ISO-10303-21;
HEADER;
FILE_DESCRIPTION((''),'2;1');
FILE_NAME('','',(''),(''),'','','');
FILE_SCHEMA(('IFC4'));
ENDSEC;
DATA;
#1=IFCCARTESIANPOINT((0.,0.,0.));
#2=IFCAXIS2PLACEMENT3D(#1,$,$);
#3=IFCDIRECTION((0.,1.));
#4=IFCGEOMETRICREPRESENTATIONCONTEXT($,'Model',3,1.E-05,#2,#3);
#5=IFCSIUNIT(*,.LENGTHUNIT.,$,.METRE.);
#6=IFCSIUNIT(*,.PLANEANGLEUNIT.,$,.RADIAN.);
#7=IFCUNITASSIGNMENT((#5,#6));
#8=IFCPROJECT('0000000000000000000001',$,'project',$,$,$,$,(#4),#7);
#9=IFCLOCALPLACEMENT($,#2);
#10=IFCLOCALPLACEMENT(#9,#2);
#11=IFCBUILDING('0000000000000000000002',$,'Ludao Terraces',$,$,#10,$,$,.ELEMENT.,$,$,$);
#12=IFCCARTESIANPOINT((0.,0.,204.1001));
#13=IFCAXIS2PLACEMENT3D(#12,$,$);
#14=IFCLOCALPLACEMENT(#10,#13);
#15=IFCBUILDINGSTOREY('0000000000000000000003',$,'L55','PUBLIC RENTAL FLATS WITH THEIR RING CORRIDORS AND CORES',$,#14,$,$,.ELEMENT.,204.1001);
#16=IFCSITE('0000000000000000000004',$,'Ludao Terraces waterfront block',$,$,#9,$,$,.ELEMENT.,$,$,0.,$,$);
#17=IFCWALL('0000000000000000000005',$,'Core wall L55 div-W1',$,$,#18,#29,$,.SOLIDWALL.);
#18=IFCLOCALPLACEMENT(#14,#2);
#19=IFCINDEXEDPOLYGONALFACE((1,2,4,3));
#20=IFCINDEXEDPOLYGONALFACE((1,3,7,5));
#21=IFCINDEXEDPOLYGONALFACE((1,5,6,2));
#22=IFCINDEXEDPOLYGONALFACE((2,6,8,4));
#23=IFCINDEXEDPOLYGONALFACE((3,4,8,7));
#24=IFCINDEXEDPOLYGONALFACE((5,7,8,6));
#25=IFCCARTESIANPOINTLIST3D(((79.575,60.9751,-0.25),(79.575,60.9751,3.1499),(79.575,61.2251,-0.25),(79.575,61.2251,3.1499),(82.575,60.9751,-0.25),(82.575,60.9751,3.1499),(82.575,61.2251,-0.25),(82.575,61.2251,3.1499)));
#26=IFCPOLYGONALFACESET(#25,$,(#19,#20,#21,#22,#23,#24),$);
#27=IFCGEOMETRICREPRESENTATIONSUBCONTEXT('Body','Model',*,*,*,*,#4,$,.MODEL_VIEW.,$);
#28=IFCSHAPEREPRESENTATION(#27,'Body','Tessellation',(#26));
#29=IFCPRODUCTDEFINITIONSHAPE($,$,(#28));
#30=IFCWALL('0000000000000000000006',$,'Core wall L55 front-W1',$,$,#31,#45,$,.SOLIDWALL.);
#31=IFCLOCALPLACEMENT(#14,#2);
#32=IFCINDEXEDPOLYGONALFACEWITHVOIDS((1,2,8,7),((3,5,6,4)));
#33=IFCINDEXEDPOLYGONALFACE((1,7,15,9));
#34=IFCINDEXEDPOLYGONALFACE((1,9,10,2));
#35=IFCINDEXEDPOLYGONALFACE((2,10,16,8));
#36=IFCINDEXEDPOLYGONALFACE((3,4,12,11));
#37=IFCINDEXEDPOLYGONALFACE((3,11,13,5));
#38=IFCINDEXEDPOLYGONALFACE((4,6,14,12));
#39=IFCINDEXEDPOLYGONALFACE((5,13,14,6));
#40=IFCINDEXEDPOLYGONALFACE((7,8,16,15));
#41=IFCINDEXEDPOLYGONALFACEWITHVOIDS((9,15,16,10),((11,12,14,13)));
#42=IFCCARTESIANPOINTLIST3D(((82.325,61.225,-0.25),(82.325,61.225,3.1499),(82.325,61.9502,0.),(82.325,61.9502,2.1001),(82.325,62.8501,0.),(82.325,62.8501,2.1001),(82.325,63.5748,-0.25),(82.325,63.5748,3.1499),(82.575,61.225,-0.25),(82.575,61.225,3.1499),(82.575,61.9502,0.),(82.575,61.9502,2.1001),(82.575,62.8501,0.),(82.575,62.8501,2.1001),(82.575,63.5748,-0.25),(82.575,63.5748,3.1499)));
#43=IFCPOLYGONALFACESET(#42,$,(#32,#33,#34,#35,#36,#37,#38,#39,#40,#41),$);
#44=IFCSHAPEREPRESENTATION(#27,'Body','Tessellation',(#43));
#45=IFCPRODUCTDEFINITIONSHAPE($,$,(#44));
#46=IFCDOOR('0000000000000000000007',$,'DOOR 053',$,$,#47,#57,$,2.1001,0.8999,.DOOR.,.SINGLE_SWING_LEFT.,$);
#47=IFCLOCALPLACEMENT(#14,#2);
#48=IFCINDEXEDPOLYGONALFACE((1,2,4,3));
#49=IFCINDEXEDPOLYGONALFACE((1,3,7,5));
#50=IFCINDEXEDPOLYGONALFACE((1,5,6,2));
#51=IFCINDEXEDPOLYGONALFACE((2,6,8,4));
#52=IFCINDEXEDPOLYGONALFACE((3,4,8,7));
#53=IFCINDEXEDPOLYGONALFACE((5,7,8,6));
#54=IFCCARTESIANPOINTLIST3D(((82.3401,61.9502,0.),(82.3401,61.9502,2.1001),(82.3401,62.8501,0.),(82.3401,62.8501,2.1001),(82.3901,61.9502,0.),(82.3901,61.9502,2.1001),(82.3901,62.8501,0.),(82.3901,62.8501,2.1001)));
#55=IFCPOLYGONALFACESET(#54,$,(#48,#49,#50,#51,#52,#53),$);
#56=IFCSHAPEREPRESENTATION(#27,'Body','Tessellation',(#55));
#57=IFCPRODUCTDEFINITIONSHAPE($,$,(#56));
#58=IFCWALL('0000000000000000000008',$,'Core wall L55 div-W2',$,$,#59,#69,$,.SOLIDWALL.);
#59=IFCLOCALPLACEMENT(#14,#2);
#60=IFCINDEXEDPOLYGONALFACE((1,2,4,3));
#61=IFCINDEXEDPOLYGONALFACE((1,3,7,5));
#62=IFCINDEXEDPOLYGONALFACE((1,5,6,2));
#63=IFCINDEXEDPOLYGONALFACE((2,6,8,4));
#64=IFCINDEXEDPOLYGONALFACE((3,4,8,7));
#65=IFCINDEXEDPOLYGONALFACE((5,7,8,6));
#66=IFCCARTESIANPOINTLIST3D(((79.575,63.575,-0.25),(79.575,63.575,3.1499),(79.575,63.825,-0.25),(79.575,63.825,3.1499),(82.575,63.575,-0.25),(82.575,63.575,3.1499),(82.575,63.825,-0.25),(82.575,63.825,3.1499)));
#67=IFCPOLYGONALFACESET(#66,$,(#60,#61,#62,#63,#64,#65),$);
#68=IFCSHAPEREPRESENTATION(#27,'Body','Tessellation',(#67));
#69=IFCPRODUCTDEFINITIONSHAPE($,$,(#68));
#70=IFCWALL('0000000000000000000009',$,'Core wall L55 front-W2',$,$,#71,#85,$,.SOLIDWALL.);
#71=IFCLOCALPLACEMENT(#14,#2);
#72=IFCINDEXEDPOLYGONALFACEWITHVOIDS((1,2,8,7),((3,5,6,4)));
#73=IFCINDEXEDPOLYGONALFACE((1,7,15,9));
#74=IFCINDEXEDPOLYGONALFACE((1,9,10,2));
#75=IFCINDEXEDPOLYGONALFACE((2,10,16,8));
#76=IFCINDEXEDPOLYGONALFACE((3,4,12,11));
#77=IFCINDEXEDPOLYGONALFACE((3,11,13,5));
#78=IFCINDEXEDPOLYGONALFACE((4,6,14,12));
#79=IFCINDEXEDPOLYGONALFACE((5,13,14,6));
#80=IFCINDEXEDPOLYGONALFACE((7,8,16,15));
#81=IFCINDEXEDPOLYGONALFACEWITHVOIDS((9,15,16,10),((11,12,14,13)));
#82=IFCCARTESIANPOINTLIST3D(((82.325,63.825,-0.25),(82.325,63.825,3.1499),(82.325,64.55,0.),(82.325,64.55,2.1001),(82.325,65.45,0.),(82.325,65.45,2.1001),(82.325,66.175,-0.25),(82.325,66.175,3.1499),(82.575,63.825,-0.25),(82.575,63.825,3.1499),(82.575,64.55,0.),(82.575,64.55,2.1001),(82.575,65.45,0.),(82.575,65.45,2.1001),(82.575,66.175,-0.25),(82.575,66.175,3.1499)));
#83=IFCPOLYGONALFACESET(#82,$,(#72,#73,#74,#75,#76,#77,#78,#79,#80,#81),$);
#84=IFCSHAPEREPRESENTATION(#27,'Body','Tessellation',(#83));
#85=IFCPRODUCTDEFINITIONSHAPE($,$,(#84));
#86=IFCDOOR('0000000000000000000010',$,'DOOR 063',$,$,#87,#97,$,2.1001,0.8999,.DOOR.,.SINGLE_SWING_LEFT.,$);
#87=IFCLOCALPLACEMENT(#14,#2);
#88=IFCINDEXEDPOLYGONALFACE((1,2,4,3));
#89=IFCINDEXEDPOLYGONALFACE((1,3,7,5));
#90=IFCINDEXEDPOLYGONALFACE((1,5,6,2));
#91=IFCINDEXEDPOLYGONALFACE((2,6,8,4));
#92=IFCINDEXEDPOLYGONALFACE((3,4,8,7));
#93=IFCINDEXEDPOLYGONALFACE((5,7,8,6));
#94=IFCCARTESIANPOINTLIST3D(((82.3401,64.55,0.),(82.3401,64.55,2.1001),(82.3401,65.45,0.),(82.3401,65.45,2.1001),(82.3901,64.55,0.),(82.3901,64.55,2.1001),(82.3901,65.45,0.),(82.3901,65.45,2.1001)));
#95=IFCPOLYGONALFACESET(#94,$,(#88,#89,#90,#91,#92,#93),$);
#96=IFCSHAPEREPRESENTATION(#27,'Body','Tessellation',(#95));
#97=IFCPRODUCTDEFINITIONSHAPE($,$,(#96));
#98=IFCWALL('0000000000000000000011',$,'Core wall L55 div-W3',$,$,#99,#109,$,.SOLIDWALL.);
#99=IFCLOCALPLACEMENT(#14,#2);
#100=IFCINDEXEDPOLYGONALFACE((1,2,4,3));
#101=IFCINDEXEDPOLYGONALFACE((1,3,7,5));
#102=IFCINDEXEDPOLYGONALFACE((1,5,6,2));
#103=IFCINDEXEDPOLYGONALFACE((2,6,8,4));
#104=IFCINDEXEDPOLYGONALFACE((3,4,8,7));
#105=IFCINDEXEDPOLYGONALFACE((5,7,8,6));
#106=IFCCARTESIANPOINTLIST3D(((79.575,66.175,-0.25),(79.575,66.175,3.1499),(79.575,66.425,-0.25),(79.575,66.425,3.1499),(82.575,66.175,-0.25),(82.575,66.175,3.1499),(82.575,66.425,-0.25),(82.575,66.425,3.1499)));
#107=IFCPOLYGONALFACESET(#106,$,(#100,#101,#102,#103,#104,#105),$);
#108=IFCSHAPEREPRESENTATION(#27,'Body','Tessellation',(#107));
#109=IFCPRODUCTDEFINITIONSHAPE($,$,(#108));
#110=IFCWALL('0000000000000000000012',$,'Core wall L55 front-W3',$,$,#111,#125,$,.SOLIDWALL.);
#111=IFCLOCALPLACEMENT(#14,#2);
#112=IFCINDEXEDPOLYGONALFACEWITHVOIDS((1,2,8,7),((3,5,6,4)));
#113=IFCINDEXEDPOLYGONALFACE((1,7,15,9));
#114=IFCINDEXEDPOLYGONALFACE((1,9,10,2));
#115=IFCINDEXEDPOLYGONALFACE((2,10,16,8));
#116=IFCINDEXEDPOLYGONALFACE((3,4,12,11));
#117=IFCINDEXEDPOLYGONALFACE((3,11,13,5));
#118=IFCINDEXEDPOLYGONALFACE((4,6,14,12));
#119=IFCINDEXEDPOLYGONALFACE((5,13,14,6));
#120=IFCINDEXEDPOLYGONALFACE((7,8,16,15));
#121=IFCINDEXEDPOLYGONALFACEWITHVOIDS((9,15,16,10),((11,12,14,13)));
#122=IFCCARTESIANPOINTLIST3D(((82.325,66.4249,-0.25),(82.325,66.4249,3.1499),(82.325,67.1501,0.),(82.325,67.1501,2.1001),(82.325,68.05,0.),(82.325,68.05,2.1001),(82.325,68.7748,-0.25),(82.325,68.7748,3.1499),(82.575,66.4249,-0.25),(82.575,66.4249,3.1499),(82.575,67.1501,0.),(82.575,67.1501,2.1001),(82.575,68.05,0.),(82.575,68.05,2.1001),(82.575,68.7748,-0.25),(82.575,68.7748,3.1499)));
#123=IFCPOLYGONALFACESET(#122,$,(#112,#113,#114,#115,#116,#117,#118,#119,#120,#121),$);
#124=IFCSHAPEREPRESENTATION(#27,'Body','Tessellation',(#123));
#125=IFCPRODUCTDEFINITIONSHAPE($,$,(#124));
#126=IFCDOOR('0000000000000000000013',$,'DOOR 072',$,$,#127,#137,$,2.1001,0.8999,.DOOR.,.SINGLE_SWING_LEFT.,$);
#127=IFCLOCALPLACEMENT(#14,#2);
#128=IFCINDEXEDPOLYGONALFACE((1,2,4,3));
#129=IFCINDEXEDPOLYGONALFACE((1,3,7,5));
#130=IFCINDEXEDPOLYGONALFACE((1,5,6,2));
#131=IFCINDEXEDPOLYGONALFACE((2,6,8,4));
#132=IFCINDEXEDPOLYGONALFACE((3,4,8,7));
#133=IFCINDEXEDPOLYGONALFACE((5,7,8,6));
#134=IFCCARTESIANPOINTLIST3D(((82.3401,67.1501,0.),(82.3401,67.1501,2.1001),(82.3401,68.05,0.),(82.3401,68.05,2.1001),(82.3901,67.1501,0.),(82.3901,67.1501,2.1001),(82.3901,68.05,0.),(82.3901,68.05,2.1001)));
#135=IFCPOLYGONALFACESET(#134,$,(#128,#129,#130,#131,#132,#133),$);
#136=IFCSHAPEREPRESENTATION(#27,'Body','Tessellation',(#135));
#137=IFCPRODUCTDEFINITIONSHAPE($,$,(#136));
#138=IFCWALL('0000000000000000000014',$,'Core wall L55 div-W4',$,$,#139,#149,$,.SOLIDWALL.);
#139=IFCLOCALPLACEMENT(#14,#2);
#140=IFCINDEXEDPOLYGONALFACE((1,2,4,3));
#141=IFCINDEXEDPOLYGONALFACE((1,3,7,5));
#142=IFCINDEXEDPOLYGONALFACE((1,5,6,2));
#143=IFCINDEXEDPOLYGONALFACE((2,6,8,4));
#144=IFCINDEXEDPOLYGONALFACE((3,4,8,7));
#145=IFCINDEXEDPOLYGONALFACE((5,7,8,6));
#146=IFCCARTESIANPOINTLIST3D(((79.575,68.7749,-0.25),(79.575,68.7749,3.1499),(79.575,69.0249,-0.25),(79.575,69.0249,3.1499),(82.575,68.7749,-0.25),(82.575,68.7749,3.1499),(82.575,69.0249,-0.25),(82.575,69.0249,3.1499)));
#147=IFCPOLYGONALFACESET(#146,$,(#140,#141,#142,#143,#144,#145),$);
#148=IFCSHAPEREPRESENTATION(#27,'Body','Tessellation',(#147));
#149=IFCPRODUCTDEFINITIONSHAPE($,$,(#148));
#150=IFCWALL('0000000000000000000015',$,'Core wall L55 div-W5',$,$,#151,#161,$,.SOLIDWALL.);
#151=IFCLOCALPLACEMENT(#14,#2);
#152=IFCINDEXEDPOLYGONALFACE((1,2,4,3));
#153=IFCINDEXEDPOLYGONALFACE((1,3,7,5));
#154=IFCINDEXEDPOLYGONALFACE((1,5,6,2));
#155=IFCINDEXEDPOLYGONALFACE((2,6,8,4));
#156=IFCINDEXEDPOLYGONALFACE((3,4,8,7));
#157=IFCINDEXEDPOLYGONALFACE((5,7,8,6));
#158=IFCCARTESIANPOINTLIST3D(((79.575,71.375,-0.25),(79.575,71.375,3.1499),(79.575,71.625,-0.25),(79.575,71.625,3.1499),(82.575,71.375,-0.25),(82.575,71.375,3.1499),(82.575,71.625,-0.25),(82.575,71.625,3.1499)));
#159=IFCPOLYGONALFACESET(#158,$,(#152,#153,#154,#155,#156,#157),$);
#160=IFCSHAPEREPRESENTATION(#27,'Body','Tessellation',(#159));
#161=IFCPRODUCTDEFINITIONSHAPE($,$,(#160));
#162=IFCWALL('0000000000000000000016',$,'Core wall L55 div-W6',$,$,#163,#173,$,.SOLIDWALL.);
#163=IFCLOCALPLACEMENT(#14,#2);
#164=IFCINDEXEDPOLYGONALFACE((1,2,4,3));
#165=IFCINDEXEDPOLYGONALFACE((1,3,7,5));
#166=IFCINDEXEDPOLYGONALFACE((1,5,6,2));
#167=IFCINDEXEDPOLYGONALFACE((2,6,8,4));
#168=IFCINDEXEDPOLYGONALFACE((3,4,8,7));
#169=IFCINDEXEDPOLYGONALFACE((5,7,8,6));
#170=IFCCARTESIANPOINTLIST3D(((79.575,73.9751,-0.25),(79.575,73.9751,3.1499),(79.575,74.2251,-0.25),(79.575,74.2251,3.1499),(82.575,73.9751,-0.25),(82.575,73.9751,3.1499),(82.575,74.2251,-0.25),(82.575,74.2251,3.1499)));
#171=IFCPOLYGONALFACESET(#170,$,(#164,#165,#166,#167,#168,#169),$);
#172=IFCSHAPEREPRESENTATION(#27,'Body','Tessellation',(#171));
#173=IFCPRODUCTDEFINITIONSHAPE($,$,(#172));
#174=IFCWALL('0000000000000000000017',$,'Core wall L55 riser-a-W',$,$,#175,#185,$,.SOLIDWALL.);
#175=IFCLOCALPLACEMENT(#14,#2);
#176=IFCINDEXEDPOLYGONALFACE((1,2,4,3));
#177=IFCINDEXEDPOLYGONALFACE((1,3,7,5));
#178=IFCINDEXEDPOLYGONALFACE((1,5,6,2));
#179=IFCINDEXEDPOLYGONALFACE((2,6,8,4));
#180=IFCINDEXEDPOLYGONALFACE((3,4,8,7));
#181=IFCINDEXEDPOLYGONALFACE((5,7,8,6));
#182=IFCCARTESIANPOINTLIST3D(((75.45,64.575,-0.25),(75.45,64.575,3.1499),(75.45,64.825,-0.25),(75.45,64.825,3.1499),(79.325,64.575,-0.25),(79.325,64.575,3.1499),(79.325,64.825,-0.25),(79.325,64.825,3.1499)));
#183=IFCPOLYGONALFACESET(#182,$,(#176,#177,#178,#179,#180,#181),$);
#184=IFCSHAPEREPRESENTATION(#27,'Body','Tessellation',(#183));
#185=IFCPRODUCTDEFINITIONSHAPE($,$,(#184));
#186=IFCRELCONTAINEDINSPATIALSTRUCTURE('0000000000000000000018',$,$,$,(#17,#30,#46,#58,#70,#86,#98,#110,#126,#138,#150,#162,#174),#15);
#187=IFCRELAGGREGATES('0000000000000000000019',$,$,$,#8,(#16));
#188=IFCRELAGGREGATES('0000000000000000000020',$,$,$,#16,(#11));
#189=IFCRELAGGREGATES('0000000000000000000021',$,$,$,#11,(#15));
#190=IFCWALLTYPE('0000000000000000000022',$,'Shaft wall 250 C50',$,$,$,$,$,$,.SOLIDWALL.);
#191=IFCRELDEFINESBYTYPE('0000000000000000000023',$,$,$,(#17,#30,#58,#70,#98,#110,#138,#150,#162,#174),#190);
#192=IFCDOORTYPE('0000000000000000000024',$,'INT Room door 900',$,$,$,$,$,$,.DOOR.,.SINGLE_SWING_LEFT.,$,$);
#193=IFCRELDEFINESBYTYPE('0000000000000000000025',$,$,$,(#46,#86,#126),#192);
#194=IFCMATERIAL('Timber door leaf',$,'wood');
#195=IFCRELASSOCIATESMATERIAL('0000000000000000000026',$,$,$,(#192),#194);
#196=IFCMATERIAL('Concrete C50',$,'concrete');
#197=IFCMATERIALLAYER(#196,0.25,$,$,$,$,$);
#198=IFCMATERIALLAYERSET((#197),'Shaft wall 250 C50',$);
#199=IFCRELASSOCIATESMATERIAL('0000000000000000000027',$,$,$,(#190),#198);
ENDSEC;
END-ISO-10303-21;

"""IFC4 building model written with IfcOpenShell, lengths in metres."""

from ifc_helpers import new_model, si_unit, direction, frame, frame_2d, origin, place, context, subcontext, project, spatial, rectangle, extrude, material, layer, layer_set, type_object, element, fill, save


model = new_model("IFC4")

# Units and contexts
model_context = context("Model", 3, precision=1e-05, world=origin(), true_north=direction((0.0, 1.0)))
body_context = subcontext(model_context, "Body", "Model", "MODEL_VIEW")
ifc_project = project(units=[si_unit("LENGTHUNIT", "METRE"), si_unit("PLANEANGLEUNIT", "RADIAN")], contexts=[model_context])

# Site, building, storey
site_placement = place(None, origin())
site = spatial("IfcSite", under=ifc_project, at=site_placement, Name="Ludao Terraces waterfront block", CompositionType="ELEMENT", RefElevation=0.0)
building_placement = place(site_placement, origin())
building = spatial("IfcBuilding", under=site, at=building_placement, Name="Ludao Terraces", CompositionType="ELEMENT")
storey_placement = place(building_placement, frame((0.0, 0.0, 204.1001)))
storey = spatial("IfcBuildingStorey", under=building, at=storey_placement, Name="L55", Description="PUBLIC RENTAL FLATS WITH THEIR RING CORRIDORS AND CORES", CompositionType="ELEMENT", Elevation=204.1001)

# Shared definitions
ifc_material_1 = material(Name="Timber door leaf", Category="wood")
door_type_1 = type_object("IfcDoorType", Name="INT Room door 900", OperationType="SINGLE_SWING_LEFT", PredefinedType="DOOR", material=ifc_material_1)

# Wall
ifc_material_2 = material(Name="Concrete C50", Category="concrete")
ifc_layer_1 = layer(ifc_material_2, 0.25)
ifc_layer_set_1 = layer_set([ifc_layer_1], Name="Shaft wall 250 C50")
wall_type_1 = type_object("IfcWallType", Name="Shaft wall 250 C50", PredefinedType="SOLIDWALL", material=ifc_layer_set_1)
wall_1_placement = place(storey_placement, frame((79.575, 61.1001, -0.25), z_axis=(0.0, 0.0, 1.0), x_axis=(1.0, 0.0, 0.0)))
element("IfcWall", 1, at=wall_1_placement, inside=storey, type_object=wall_type_1, Name="Core wall L55 div-W1", PredefinedType="SOLIDWALL", context=body_context, shape_type="SweptSolid", body=[
    extrude(rectangle(XDim=3.0, YDim=0.25, at=frame_2d((1.5, 0.0))), origin(), (0.0, 0.0, 1.0), 3.3999),
])

# Wall, opening, door
wall_2_placement = place(storey_placement, frame((82.45, 61.2251, -0.25), z_axis=(0.0, 0.0, 1.0), x_axis=(0.0, 1.0, 0.0)))
wall_2 = element("IfcWall", 2, at=wall_2_placement, inside=storey, type_object=wall_type_1, Name="Core wall L55 front-W1", PredefinedType="SOLIDWALL", context=body_context, shape_type="SweptSolid", body=[
    extrude(rectangle(XDim=2.3499, YDim=0.25, at=frame_2d((1.1748, 0.0))), origin(), (0.0, 0.0, 1.0), 3.3999),
])
opening_1_placement = place(wall_2_placement, frame((0.7251, 0.0, 0.25)))
opening_1 = element("IfcOpeningElement", 3, at=opening_1_placement, cuts=wall_2, PredefinedType="OPENING", context=body_context, shape_type="SweptSolid", body=[
    extrude(rectangle(XDim=0.8999, YDim=2.1001, at=frame_2d((0.45, 1.05))), frame((0.0, 0.135, 0.0), z_axis=(0.0, -1.0, 0.0), x_axis=(1.0, 0.0, 0.0)), (0.0, 0.0, 1.0), 0.27),
])
door_1_placement = place(opening_1_placement, origin())
door_1 = element("IfcDoor", 4, at=door_1_placement, inside=storey, type_object=door_type_1, Name="DOOR 053", OperationType="SINGLE_SWING_LEFT", OverallHeight=2.1001, OverallWidth=0.8999, PredefinedType="DOOR", context=body_context, shape_type="SweptSolid", body=[
    extrude(rectangle(XDim=0.8999, YDim=2.1001, at=frame_2d((0.45, 1.05))), frame((0.0, 0.1099, 0.0), z_axis=(0.0, -1.0, 0.0), x_axis=(1.0, 0.0, 0.0)), (0.0, 0.0, 1.0), 0.05),
])
fill(opening_1, door_1)

# Wall
wall_3_placement = place(storey_placement, frame((79.575, 63.7, -0.25), z_axis=(0.0, 0.0, 1.0), x_axis=(1.0, 0.0, 0.0)))
element("IfcWall", 5, at=wall_3_placement, inside=storey, type_object=wall_type_1, Name="Core wall L55 div-W2", PredefinedType="SOLIDWALL", context=body_context, shape_type="SweptSolid", body=[
    extrude(rectangle(XDim=3.0, YDim=0.25, at=frame_2d((1.5, 0.0))), origin(), (0.0, 0.0, 1.0), 3.3999),
])

# Wall, opening, door
wall_4_placement = place(storey_placement, frame((82.45, 63.825, -0.25), z_axis=(0.0, 0.0, 1.0), x_axis=(0.0, 1.0, 0.0)))
wall_4 = element("IfcWall", 6, at=wall_4_placement, inside=storey, type_object=wall_type_1, Name="Core wall L55 front-W2", PredefinedType="SOLIDWALL", context=body_context, shape_type="SweptSolid", body=[
    extrude(rectangle(XDim=2.3501, YDim=0.25, at=frame_2d((1.175, 0.0))), origin(), (0.0, 0.0, 1.0), 3.3999),
])
opening_2_placement = place(wall_4_placement, frame((0.7251, 0.0, 0.25)))
opening_2 = element("IfcOpeningElement", 7, at=opening_2_placement, cuts=wall_4, PredefinedType="OPENING", context=body_context, shape_type="SweptSolid", body=[
    extrude(rectangle(XDim=0.8999, YDim=2.1001, at=frame_2d((0.45, 1.05))), frame((0.0, 0.135, 0.0), z_axis=(0.0, -1.0, 0.0), x_axis=(1.0, 0.0, 0.0)), (0.0, 0.0, 1.0), 0.27),
])
door_2_placement = place(opening_2_placement, origin())
door_2 = element("IfcDoor", 8, at=door_2_placement, inside=storey, type_object=door_type_1, Name="DOOR 063", OperationType="SINGLE_SWING_LEFT", OverallHeight=2.1001, OverallWidth=0.8999, PredefinedType="DOOR", context=body_context, shape_type="SweptSolid", body=[
    extrude(rectangle(XDim=0.8999, YDim=2.1001, at=frame_2d((0.45, 1.05))), frame((0.0, 0.1099, 0.0), z_axis=(0.0, -1.0, 0.0), x_axis=(1.0, 0.0, 0.0)), (0.0, 0.0, 1.0), 0.05),
])
fill(opening_2, door_2)

# Wall
wall_5_placement = place(storey_placement, frame((79.575, 66.3, -0.25), z_axis=(0.0, 0.0, 1.0), x_axis=(1.0, 0.0, 0.0)))
element("IfcWall", 9, at=wall_5_placement, inside=storey, type_object=wall_type_1, Name="Core wall L55 div-W3", PredefinedType="SOLIDWALL", context=body_context, shape_type="SweptSolid", body=[
    extrude(rectangle(XDim=3.0, YDim=0.25, at=frame_2d((1.5, 0.0))), origin(), (0.0, 0.0, 1.0), 3.3999),
])

# Wall, opening, door
wall_6_placement = place(storey_placement, frame((82.45, 66.425, -0.25), z_axis=(0.0, 0.0, 1.0), x_axis=(0.0, 1.0, 0.0)))
wall_6 = element("IfcWall", 10, at=wall_6_placement, inside=storey, type_object=wall_type_1, Name="Core wall L55 front-W3", PredefinedType="SOLIDWALL", context=body_context, shape_type="SweptSolid", body=[
    extrude(rectangle(XDim=2.3499, YDim=0.25, at=frame_2d((1.1748, 0.0))), origin(), (0.0, 0.0, 1.0), 3.3999),
])
opening_3_placement = place(wall_6_placement, frame((0.7251, 0.0, 0.25)))
opening_3 = element("IfcOpeningElement", 11, at=opening_3_placement, cuts=wall_6, PredefinedType="OPENING", context=body_context, shape_type="SweptSolid", body=[
    extrude(rectangle(XDim=0.8999, YDim=2.1001, at=frame_2d((0.45, 1.05))), frame((0.0, 0.135, 0.0), z_axis=(0.0, -1.0, 0.0), x_axis=(1.0, 0.0, 0.0)), (0.0, 0.0, 1.0), 0.27),
])
door_3_placement = place(opening_3_placement, origin())
door_3 = element("IfcDoor", 12, at=door_3_placement, inside=storey, type_object=door_type_1, Name="DOOR 072", OperationType="SINGLE_SWING_LEFT", OverallHeight=2.1001, OverallWidth=0.8999, PredefinedType="DOOR", context=body_context, shape_type="SweptSolid", body=[
    extrude(rectangle(XDim=0.8999, YDim=2.1001, at=frame_2d((0.45, 1.05))), frame((0.0, 0.1099, 0.0), z_axis=(0.0, -1.0, 0.0), x_axis=(1.0, 0.0, 0.0)), (0.0, 0.0, 1.0), 0.05),
])
fill(opening_3, door_3)

# Walls
for number, where, z_axis, x_axis, name in (
    (13, (79.575, 68.8999, -0.25), (0.0, 0.0, 1.0), (1.0, 0.0, 0.0), "Core wall L55 div-W4"),
    (14, (79.575, 71.5, -0.25), (0.0, 0.0, 1.0), (1.0, 0.0, 0.0), "Core wall L55 div-W5"),
    (15, (79.575, 74.1001, -0.25), (0.0, 0.0, 1.0), (1.0, 0.0, 0.0), "Core wall L55 div-W6"),
):
    element("IfcWall", number, at=place(storey_placement, frame(where, z_axis=z_axis, x_axis=x_axis)), inside=storey, type_object=wall_type_1, Name=name, PredefinedType="SOLIDWALL", context=body_context, shape_type="SweptSolid", body=[
        extrude(rectangle(XDim=3.0, YDim=0.25, at=frame_2d((1.5, 0.0))), origin(), (0.0, 0.0, 1.0), 3.3999),
    ])
for number, where, z_axis, x_axis, name in (
    (16, (75.45, 64.7, -0.25), (0.0, 0.0, 1.0), (1.0, 0.0, 0.0), "Core wall L55 riser-a-W"),
):
    element("IfcWall", number, at=place(storey_placement, frame(where, z_axis=z_axis, x_axis=x_axis)), inside=storey, type_object=wall_type_1, Name=name, PredefinedType="SOLIDWALL", context=body_context, shape_type="SweptSolid", body=[
        extrude(rectangle(XDim=3.875, YDim=0.25, at=frame_2d((1.9375, 0.0))), origin(), (0.0, 0.0, 1.0), 3.3999),
    ])

save(model, "model.ifc")
